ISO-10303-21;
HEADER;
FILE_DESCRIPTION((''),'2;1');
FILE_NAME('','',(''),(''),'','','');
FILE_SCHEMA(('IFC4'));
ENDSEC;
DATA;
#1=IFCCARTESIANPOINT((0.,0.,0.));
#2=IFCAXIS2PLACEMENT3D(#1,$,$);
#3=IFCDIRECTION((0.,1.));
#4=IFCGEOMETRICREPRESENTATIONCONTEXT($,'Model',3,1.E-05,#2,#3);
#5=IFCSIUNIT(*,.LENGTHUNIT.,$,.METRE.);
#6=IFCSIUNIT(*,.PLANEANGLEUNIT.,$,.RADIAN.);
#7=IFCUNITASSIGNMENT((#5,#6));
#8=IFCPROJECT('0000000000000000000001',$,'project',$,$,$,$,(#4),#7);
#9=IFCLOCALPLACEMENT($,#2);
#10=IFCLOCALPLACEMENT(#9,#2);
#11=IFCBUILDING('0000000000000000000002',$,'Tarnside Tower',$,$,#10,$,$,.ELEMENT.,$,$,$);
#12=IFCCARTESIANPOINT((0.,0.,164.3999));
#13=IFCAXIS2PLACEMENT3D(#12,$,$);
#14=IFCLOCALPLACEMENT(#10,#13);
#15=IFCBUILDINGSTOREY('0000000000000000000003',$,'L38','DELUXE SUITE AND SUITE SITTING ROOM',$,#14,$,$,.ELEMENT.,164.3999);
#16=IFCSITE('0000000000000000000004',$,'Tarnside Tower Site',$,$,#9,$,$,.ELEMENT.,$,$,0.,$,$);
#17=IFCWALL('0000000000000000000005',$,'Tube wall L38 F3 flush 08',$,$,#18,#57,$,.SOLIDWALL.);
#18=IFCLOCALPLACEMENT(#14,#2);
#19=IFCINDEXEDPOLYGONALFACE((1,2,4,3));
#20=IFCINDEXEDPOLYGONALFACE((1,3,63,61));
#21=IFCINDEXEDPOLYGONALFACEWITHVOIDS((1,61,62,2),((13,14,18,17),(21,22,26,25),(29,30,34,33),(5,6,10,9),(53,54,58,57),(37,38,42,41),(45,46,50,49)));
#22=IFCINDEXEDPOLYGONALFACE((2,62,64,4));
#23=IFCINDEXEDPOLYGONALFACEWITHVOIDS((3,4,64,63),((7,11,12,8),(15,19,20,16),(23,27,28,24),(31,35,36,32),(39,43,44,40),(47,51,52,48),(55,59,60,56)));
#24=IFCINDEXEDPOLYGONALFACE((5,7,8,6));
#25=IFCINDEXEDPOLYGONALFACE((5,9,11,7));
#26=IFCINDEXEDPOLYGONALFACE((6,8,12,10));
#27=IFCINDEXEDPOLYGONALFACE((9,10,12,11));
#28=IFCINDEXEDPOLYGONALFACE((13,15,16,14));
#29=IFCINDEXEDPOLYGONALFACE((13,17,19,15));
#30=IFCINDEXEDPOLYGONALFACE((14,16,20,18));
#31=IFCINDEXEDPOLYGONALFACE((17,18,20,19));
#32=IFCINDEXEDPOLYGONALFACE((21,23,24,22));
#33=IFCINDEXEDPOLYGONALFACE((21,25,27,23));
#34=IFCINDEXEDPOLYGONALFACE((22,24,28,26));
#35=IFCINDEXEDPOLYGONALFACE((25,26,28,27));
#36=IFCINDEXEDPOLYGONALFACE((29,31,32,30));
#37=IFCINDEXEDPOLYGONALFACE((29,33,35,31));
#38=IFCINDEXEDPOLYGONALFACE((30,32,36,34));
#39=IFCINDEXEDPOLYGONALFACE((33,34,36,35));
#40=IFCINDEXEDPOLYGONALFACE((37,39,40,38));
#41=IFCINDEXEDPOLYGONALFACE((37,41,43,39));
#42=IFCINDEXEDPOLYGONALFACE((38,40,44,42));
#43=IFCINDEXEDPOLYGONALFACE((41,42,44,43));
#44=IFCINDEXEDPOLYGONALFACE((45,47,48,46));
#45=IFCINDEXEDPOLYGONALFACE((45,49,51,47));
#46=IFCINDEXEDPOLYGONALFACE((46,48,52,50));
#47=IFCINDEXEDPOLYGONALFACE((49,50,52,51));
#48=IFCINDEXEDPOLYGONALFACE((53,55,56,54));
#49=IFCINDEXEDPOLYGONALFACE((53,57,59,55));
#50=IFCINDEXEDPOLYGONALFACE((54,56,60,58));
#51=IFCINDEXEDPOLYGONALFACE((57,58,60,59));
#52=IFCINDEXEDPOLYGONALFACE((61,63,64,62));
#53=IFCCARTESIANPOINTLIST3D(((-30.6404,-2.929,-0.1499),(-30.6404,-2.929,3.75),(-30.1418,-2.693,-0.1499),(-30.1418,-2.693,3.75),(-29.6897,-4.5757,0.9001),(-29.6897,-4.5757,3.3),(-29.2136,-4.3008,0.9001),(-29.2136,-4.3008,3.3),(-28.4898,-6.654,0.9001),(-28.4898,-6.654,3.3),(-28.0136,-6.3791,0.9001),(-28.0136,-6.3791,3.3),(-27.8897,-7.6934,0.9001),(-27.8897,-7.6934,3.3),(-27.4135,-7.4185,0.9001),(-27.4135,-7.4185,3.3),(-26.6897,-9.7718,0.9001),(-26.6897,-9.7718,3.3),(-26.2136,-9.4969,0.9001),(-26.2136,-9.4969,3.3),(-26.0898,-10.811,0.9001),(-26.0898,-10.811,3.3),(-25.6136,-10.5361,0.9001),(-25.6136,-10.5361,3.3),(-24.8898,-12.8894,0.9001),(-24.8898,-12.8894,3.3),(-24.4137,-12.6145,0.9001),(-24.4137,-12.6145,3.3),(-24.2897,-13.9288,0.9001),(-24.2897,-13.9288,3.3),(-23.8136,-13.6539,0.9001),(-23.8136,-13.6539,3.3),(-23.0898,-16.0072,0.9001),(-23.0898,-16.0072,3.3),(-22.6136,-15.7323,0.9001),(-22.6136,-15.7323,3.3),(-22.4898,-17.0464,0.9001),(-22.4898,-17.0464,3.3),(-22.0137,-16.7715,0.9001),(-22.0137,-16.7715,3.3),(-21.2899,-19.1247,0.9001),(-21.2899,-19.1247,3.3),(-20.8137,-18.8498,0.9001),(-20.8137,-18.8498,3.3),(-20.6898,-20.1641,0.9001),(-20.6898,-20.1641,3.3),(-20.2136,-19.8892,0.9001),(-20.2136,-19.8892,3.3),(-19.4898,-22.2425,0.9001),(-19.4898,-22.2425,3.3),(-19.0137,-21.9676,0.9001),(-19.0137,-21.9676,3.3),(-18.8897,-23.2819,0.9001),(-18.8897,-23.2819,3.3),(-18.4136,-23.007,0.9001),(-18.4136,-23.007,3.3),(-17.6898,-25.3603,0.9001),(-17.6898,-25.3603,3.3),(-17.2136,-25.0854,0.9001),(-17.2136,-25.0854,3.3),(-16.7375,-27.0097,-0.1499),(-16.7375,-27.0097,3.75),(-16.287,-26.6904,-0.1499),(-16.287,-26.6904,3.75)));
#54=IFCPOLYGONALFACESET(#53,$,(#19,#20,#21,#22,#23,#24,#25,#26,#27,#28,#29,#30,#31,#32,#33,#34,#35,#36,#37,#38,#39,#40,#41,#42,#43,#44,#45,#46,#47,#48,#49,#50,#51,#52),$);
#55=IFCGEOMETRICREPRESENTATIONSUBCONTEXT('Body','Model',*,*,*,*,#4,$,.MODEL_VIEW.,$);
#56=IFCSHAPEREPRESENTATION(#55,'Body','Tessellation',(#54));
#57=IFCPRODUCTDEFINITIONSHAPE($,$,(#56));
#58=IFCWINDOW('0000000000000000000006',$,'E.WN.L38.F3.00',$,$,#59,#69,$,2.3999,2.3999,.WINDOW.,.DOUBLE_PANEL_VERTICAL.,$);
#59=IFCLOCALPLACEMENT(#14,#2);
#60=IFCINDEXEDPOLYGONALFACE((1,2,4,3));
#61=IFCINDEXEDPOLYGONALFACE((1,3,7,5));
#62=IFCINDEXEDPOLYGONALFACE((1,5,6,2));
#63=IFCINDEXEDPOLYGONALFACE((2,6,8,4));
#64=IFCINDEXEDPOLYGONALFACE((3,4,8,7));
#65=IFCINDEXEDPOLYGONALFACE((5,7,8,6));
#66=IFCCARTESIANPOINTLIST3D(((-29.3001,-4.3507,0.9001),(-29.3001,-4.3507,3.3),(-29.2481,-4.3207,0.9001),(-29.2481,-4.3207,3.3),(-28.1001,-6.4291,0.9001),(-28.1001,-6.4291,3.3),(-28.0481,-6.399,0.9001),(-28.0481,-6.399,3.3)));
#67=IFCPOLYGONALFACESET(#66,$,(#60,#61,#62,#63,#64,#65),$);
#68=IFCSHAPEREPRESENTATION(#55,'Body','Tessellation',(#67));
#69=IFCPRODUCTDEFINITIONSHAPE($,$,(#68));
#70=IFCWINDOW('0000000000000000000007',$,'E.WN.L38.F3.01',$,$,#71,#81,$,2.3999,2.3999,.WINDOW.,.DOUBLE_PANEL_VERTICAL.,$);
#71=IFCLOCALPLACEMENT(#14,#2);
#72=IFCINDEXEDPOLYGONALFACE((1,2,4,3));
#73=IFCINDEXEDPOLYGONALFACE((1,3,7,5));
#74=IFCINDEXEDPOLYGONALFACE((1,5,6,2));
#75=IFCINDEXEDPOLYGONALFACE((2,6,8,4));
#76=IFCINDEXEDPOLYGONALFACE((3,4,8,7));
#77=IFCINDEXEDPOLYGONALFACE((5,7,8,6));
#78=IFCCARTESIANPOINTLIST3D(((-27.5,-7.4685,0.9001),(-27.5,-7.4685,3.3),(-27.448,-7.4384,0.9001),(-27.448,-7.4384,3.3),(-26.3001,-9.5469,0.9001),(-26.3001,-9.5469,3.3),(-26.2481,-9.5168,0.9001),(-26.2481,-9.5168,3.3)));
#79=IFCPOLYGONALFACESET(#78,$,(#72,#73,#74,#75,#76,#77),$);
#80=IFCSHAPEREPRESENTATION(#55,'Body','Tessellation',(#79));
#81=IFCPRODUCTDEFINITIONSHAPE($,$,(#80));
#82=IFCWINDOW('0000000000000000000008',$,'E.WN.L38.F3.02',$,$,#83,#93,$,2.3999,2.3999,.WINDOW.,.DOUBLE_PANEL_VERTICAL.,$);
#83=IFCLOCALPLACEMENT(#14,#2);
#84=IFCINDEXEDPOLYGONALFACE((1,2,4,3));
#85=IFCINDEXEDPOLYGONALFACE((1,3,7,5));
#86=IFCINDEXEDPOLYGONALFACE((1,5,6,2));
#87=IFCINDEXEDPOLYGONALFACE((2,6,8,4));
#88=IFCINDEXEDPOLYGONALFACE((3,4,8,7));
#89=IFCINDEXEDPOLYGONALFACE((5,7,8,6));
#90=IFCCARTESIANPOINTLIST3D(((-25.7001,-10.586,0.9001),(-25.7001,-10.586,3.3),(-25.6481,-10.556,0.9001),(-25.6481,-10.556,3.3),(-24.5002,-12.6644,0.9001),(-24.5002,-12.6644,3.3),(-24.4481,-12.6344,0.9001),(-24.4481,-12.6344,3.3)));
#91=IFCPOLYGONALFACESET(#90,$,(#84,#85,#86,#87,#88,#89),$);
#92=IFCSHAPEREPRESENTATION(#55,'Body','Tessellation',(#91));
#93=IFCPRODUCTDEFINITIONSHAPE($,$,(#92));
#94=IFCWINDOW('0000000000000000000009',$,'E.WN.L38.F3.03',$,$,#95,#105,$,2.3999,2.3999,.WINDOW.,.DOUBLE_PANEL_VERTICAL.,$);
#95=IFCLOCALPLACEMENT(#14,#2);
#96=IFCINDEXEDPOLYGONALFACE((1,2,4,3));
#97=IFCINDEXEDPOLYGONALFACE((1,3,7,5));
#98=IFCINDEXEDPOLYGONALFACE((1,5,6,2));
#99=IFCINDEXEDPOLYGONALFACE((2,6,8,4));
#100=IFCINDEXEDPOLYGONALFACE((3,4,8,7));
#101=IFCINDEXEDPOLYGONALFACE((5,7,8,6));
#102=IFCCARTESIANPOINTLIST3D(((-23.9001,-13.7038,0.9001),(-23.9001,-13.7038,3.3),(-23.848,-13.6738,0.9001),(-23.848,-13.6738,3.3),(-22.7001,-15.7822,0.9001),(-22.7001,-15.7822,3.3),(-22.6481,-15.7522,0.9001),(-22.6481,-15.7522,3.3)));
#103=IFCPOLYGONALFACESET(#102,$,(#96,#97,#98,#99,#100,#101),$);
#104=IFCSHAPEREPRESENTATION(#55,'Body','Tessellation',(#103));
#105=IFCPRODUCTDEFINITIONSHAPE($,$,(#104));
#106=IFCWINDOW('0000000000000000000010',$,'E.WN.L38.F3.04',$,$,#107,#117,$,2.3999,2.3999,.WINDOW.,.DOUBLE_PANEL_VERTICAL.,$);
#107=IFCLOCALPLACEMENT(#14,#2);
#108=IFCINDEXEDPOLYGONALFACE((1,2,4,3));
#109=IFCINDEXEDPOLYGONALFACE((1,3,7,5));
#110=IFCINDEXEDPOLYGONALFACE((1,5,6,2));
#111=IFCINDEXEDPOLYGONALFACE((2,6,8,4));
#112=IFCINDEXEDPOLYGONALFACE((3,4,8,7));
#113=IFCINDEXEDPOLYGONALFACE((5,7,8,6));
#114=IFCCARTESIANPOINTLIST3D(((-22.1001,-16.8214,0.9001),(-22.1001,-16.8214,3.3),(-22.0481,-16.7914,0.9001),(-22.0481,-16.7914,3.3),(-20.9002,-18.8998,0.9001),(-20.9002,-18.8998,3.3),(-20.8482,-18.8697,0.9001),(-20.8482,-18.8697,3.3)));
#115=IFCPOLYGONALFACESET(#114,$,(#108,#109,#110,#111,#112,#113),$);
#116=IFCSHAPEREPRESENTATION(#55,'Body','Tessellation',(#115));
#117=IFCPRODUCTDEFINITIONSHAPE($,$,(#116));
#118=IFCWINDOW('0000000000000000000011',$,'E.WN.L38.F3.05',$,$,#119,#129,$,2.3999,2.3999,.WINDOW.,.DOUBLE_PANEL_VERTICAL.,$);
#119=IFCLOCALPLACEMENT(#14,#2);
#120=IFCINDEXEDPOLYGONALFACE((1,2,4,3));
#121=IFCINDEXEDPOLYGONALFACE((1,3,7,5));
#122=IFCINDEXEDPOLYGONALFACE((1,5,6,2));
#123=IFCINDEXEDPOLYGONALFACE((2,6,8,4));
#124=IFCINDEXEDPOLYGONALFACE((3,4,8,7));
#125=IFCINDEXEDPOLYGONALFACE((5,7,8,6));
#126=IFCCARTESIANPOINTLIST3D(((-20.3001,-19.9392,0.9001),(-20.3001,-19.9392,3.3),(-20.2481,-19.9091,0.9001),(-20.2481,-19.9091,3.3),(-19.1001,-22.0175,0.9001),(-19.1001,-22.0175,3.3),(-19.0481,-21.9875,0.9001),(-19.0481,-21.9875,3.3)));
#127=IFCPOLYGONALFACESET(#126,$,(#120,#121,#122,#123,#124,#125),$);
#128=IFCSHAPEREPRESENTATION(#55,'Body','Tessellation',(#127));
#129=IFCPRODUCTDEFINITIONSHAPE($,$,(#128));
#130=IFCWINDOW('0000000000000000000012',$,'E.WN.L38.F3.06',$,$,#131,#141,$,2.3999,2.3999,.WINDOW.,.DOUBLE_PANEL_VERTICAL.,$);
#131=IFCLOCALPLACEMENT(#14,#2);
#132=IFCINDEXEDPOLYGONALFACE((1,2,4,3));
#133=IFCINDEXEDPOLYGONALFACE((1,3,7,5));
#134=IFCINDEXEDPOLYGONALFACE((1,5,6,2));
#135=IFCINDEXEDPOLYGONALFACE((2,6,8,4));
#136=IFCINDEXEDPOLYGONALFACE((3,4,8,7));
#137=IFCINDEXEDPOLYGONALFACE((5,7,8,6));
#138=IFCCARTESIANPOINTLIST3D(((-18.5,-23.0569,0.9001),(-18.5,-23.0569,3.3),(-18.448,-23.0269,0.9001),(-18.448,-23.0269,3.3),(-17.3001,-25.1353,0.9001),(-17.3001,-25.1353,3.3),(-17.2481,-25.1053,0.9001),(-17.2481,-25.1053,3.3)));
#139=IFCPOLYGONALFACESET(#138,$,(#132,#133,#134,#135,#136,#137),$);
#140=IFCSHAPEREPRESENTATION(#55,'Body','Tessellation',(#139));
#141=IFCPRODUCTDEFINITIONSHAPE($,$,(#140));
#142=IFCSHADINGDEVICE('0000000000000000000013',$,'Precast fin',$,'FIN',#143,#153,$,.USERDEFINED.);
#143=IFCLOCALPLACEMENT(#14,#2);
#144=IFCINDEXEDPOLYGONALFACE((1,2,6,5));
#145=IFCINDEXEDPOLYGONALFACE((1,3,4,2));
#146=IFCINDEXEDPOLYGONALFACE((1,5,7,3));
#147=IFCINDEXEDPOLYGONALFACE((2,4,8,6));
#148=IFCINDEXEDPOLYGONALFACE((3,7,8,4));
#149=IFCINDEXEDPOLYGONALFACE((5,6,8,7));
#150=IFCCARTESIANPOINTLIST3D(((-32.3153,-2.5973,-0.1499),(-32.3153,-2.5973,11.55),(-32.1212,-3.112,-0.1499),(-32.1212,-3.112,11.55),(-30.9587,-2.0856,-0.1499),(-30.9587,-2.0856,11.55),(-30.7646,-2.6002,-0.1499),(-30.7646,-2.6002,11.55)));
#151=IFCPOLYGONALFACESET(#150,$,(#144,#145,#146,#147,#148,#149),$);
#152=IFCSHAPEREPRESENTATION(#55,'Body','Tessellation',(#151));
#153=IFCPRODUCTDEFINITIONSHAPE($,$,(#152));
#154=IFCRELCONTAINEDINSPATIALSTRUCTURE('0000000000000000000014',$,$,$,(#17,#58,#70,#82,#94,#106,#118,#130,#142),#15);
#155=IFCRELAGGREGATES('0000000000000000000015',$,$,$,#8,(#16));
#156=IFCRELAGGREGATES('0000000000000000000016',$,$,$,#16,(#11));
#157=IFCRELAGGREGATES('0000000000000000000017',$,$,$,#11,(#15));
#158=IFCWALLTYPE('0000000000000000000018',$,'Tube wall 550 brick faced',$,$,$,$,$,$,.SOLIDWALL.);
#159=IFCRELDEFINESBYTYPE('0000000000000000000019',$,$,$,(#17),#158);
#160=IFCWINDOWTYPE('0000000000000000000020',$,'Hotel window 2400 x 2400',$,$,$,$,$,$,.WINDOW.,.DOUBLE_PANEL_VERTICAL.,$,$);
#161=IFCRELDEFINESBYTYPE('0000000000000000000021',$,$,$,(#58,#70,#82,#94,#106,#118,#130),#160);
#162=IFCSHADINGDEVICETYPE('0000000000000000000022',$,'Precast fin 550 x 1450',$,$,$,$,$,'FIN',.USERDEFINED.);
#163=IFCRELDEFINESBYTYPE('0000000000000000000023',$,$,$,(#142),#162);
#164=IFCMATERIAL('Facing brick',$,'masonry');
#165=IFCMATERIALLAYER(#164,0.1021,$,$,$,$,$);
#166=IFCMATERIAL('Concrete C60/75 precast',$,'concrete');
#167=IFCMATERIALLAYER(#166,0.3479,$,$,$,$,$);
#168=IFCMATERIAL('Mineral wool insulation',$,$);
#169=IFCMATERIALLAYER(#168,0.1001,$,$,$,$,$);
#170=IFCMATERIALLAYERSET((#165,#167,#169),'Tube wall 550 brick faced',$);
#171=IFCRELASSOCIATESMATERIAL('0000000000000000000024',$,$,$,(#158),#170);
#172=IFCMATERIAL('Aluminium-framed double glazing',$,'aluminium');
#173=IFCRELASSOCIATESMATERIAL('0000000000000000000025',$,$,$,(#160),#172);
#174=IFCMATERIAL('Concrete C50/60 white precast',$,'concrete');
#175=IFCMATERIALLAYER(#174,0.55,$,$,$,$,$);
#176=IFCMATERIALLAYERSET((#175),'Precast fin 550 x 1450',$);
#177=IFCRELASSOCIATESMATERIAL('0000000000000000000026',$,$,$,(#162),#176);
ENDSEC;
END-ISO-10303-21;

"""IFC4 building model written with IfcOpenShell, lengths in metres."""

from ifc_helpers import new_model, si_unit, direction, frame, frame_2d, origin, place, context, subcontext, project, spatial, polyline, rectangle, outline, extrude, material, layer, layer_set, type_object, element, fill, save


model = new_model("IFC4")

# Units and contexts
model_context = context("Model", 3, precision=1e-05, world=origin(), true_north=direction((0.0, 1.0)))
body_context = subcontext(model_context, "Body", "Model", "MODEL_VIEW")
ifc_project = project(units=[si_unit("LENGTHUNIT", "METRE"), si_unit("PLANEANGLEUNIT", "RADIAN")], contexts=[model_context])

# Site, building, storey
site_placement = place(None, origin())
site = spatial("IfcSite", under=ifc_project, at=site_placement, Name="Tarnside Tower Site", CompositionType="ELEMENT", RefElevation=0.0)
building_placement = place(site_placement, origin())
building = spatial("IfcBuilding", under=site, at=building_placement, Name="Tarnside Tower", CompositionType="ELEMENT")
storey_placement = place(building_placement, frame((0.0, 0.0, 164.3999)))
storey = spatial("IfcBuildingStorey", under=building, at=storey_placement, Name="L38", Description="DELUXE SUITE AND SUITE SITTING ROOM", CompositionType="ELEMENT", Elevation=164.3999)

# Shared definitions
ifc_material_1 = material(Name="Facing brick", Category="masonry")
ifc_layer_1 = layer(ifc_material_1, 0.1021)
ifc_material_2 = material(Name="Concrete C60/75 precast", Category="concrete")
ifc_layer_2 = layer(ifc_material_2, 0.3479)
ifc_material_3 = material(Name="Mineral wool insulation")
ifc_layer_3 = layer(ifc_material_3, 0.1001)
ifc_layer_set_1 = layer_set([ifc_layer_1, ifc_layer_2, ifc_layer_3], Name="Tube wall 550 brick faced")
wall_type = type_object("IfcWallType", Name="Tube wall 550 brick faced", PredefinedType="SOLIDWALL", material=ifc_layer_set_1)

# Wall, openings, windows
wall_1_placement = place(storey_placement, frame((-30.3911, -2.811, -0.1499), z_axis=(0.0, 0.0, 1.0), x_axis=(0.499999, -0.866026, 0.0)))
wall_1 = element("IfcWall", 1, at=wall_1_placement, inside=storey, type_object=wall_type, Name="Tube wall L38 F3 flush 08", PredefinedType="SOLIDWALL", context=body_context, shape_type="SweptSolid", body=[
    extrude(outline(polyline([(-0.0225, -0.2749), (27.7834, -0.2749), (27.7322, 0.2749), (0.0225, 0.2749), (-0.0225, -0.2749)])), origin(), (0.0, 0.0, 1.0), 3.8999),
])
opening_1_placement = place(wall_1_placement, frame((1.8789, 0.0, 1.05)))
opening_1 = element("IfcOpeningElement", 2, at=opening_1_placement, cuts=wall_1, PredefinedType="OPENING", context=body_context, shape_type="SweptSolid", body=[
    extrude(rectangle(XDim=2.3999, YDim=2.3999, at=frame_2d((1.2, 1.2))), frame((0.0, 0.2852, 0.0), z_axis=(0.0, -1.0, 0.0), x_axis=(1.0, 0.0, 0.0)), (0.0, 0.0, 1.0), 0.5701),
])
opening_2_placement = place(wall_1_placement, frame((5.479, 0.0, 1.05)))
opening_2 = element("IfcOpeningElement", 3, at=opening_2_placement, cuts=wall_1, PredefinedType="OPENING", context=body_context, shape_type="SweptSolid", body=[
    extrude(rectangle(XDim=2.3999, YDim=2.3999, at=frame_2d((1.2, 1.2))), frame((0.0, 0.2852, 0.0), z_axis=(0.0, -1.0, 0.0), x_axis=(1.0, 0.0, 0.0)), (0.0, 0.0, 1.0), 0.5701),
])
opening_3_placement = place(wall_1_placement, frame((9.0789, 0.0, 1.05)))
opening_3 = element("IfcOpeningElement", 4, at=opening_3_placement, cuts=wall_1, PredefinedType="OPENING", context=body_context, shape_type="SweptSolid", body=[
    extrude(rectangle(XDim=2.3999, YDim=2.3999, at=frame_2d((1.2, 1.2))), frame((0.0, 0.2852, 0.0), z_axis=(0.0, -1.0, 0.0), x_axis=(1.0, 0.0, 0.0)), (0.0, 0.0, 1.0), 0.5701),
])
opening_4_placement = place(wall_1_placement, frame((12.679, 0.0, 1.05)))
opening_4 = element("IfcOpeningElement", 5, at=opening_4_placement, cuts=wall_1, PredefinedType="OPENING", context=body_context, shape_type="SweptSolid", body=[
    extrude(rectangle(XDim=2.3999, YDim=2.3999, at=frame_2d((1.2, 1.2))), frame((0.0, 0.2852, 0.0), z_axis=(0.0, -1.0, 0.0), x_axis=(1.0, 0.0, 0.0)), (0.0, 0.0, 1.0), 0.5701),
])
opening_5_placement = place(wall_1_placement, frame((16.2788, 0.0, 1.05)))
opening_5 = element("IfcOpeningElement", 6, at=opening_5_placement, cuts=wall_1, PredefinedType="OPENING", context=body_context, shape_type="SweptSolid", body=[
    extrude(rectangle(XDim=2.3999, YDim=2.3999, at=frame_2d((1.2, 1.2))), frame((0.0, 0.2852, 0.0), z_axis=(0.0, -1.0, 0.0), x_axis=(1.0, 0.0, 0.0)), (0.0, 0.0, 1.0), 0.5701),
])
opening_6_placement = place(wall_1_placement, frame((19.8789, 0.0, 1.05)))
opening_6 = element("IfcOpeningElement", 7, at=opening_6_placement, cuts=wall_1, PredefinedType="OPENING", context=body_context, shape_type="SweptSolid", body=[
    extrude(rectangle(XDim=2.3999, YDim=2.3999, at=frame_2d((1.2, 1.2))), frame((0.0, 0.2852, 0.0), z_axis=(0.0, -1.0, 0.0), x_axis=(1.0, 0.0, 0.0)), (0.0, 0.0, 1.0), 0.5701),
])
opening_7_placement = place(wall_1_placement, frame((23.479, 0.0, 1.05)))
opening_7 = element("IfcOpeningElement", 8, at=opening_7_placement, cuts=wall_1, PredefinedType="OPENING", context=body_context, shape_type="SweptSolid", body=[
    extrude(rectangle(XDim=2.3999, YDim=2.3999, at=frame_2d((1.2, 1.2))), frame((0.0, 0.2852, 0.0), z_axis=(0.0, -1.0, 0.0), x_axis=(1.0, 0.0, 0.0)), (0.0, 0.0, 1.0), 0.5701),
])
ifc_material_4 = material(Name="Aluminium-framed double glazing", Category="aluminium")
window_type = type_object("IfcWindowType", Name="Hotel window 2400 x 2400", PartitioningType="DOUBLE_PANEL_VERTICAL", PredefinedType="WINDOW", material=ifc_material_4)
window_1_placement = place(opening_1_placement, frame((0.0, 0.2051, 0.0)))
window_1 = element("IfcWindow", 9, at=window_1_placement, inside=storey, type_object=window_type, Name="E.WN.L38.F3.00", OverallHeight=2.3999, OverallWidth=2.3999, PartitioningType="DOUBLE_PANEL_VERTICAL", PredefinedType="WINDOW", context=body_context, shape_type="SweptSolid", body=[
    extrude(rectangle(XDim=2.3999, YDim=2.3999, at=frame_2d((1.2, 1.2))), frame((0.0, 0.03, 0.0), z_axis=(0.0, -1.0, 0.0), x_axis=(1.0, 0.0, 0.0)), (0.0, 0.0, 1.0), 0.0601),
])
fill(opening_1, window_1)
window_2_placement = place(opening_2_placement, frame((0.0, 0.2051, 0.0)))
window_2 = element("IfcWindow", 10, at=window_2_placement, inside=storey, type_object=window_type, Name="E.WN.L38.F3.01", OverallHeight=2.3999, OverallWidth=2.3999, PartitioningType="DOUBLE_PANEL_VERTICAL", PredefinedType="WINDOW", context=body_context, shape_type="SweptSolid", body=[
    extrude(rectangle(XDim=2.3999, YDim=2.3999, at=frame_2d((1.2, 1.2))), frame((0.0, 0.03, 0.0), z_axis=(0.0, -1.0, 0.0), x_axis=(1.0, 0.0, 0.0)), (0.0, 0.0, 1.0), 0.0601),
])
fill(opening_2, window_2)
window_3_placement = place(opening_3_placement, frame((0.0, 0.2051, 0.0)))
window_3 = element("IfcWindow", 11, at=window_3_placement, inside=storey, type_object=window_type, Name="E.WN.L38.F3.02", OverallHeight=2.3999, OverallWidth=2.3999, PartitioningType="DOUBLE_PANEL_VERTICAL", PredefinedType="WINDOW", context=body_context, shape_type="SweptSolid", body=[
    extrude(rectangle(XDim=2.3999, YDim=2.3999, at=frame_2d((1.2, 1.2))), frame((0.0, 0.03, 0.0), z_axis=(0.0, -1.0, 0.0), x_axis=(1.0, 0.0, 0.0)), (0.0, 0.0, 1.0), 0.0601),
])
fill(opening_3, window_3)
window_4_placement = place(opening_4_placement, frame((0.0, 0.2051, 0.0)))
window_4 = element("IfcWindow", 12, at=window_4_placement, inside=storey, type_object=window_type, Name="E.WN.L38.F3.03", OverallHeight=2.3999, OverallWidth=2.3999, PartitioningType="DOUBLE_PANEL_VERTICAL", PredefinedType="WINDOW", context=body_context, shape_type="SweptSolid", body=[
    extrude(rectangle(XDim=2.3999, YDim=2.3999, at=frame_2d((1.2, 1.2))), frame((0.0, 0.03, 0.0), z_axis=(0.0, -1.0, 0.0), x_axis=(1.0, 0.0, 0.0)), (0.0, 0.0, 1.0), 0.0601),
])
fill(opening_4, window_4)
window_5_placement = place(opening_5_placement, frame((0.0, 0.2051, 0.0)))
window_5 = element("IfcWindow", 13, at=window_5_placement, inside=storey, type_object=window_type, Name="E.WN.L38.F3.04", OverallHeight=2.3999, OverallWidth=2.3999, PartitioningType="DOUBLE_PANEL_VERTICAL", PredefinedType="WINDOW", context=body_context, shape_type="SweptSolid", body=[
    extrude(rectangle(XDim=2.3999, YDim=2.3999, at=frame_2d((1.2, 1.2))), frame((0.0, 0.03, 0.0), z_axis=(0.0, -1.0, 0.0), x_axis=(1.0, 0.0, 0.0)), (0.0, 0.0, 1.0), 0.0601),
])
fill(opening_5, window_5)
window_6_placement = place(opening_6_placement, frame((0.0, 0.2051, 0.0)))
window_6 = element("IfcWindow", 14, at=window_6_placement, inside=storey, type_object=window_type, Name="E.WN.L38.F3.05", OverallHeight=2.3999, OverallWidth=2.3999, PartitioningType="DOUBLE_PANEL_VERTICAL", PredefinedType="WINDOW", context=body_context, shape_type="SweptSolid", body=[
    extrude(rectangle(XDim=2.3999, YDim=2.3999, at=frame_2d((1.2, 1.2))), frame((0.0, 0.03, 0.0), z_axis=(0.0, -1.0, 0.0), x_axis=(1.0, 0.0, 0.0)), (0.0, 0.0, 1.0), 0.0601),
])
fill(opening_6, window_6)
window_7_placement = place(opening_7_placement, frame((0.0, 0.2051, 0.0)))
window_7 = element("IfcWindow", 15, at=window_7_placement, inside=storey, type_object=window_type, Name="E.WN.L38.F3.06", OverallHeight=2.3999, OverallWidth=2.3999, PartitioningType="DOUBLE_PANEL_VERTICAL", PredefinedType="WINDOW", context=body_context, shape_type="SweptSolid", body=[
    extrude(rectangle(XDim=2.3999, YDim=2.3999, at=frame_2d((1.2, 1.2))), frame((0.0, 0.03, 0.0), z_axis=(0.0, -1.0, 0.0), x_axis=(1.0, 0.0, 0.0)), (0.0, 0.0, 1.0), 0.0601),
])
fill(opening_7, window_7)

# Shading device
ifc_material_5 = material(Name="Concrete C50/60 white precast", Category="concrete")
ifc_layer_4 = layer(ifc_material_5, 0.55)
ifc_layer_set_2 = layer_set([ifc_layer_4], Name="Precast fin 550 x 1450")
shading_device_type_1 = type_object("IfcShadingDeviceType", Name="Precast fin 550 x 1450", ElementType="FIN", PredefinedType="USERDEFINED", material=ifc_layer_set_2)
shading_device_placement = place(storey_placement, frame((-30.8616, -2.343, -0.1499), z_axis=(-0.352931, 0.93565, 0.0), x_axis=(-0.93565, -0.352931, 0.0)))
element("IfcShadingDevice", 16, at=shading_device_placement, inside=storey, type_object=shading_device_type_1, Name="Precast fin", ObjectType="FIN", PredefinedType="USERDEFINED", context=body_context, shape_type="SweptSolid", body=[
    extrude(outline(polyline([(0.0, 0.0), (1.45, 0.0), (1.45, 11.7), (0.0, 11.7), (0.0, 0.0)])), frame((0.0, 0.0, -0.2749)), (0.0, 0.0, 1.0), 0.55),
])

save(model, "model.ifc")
